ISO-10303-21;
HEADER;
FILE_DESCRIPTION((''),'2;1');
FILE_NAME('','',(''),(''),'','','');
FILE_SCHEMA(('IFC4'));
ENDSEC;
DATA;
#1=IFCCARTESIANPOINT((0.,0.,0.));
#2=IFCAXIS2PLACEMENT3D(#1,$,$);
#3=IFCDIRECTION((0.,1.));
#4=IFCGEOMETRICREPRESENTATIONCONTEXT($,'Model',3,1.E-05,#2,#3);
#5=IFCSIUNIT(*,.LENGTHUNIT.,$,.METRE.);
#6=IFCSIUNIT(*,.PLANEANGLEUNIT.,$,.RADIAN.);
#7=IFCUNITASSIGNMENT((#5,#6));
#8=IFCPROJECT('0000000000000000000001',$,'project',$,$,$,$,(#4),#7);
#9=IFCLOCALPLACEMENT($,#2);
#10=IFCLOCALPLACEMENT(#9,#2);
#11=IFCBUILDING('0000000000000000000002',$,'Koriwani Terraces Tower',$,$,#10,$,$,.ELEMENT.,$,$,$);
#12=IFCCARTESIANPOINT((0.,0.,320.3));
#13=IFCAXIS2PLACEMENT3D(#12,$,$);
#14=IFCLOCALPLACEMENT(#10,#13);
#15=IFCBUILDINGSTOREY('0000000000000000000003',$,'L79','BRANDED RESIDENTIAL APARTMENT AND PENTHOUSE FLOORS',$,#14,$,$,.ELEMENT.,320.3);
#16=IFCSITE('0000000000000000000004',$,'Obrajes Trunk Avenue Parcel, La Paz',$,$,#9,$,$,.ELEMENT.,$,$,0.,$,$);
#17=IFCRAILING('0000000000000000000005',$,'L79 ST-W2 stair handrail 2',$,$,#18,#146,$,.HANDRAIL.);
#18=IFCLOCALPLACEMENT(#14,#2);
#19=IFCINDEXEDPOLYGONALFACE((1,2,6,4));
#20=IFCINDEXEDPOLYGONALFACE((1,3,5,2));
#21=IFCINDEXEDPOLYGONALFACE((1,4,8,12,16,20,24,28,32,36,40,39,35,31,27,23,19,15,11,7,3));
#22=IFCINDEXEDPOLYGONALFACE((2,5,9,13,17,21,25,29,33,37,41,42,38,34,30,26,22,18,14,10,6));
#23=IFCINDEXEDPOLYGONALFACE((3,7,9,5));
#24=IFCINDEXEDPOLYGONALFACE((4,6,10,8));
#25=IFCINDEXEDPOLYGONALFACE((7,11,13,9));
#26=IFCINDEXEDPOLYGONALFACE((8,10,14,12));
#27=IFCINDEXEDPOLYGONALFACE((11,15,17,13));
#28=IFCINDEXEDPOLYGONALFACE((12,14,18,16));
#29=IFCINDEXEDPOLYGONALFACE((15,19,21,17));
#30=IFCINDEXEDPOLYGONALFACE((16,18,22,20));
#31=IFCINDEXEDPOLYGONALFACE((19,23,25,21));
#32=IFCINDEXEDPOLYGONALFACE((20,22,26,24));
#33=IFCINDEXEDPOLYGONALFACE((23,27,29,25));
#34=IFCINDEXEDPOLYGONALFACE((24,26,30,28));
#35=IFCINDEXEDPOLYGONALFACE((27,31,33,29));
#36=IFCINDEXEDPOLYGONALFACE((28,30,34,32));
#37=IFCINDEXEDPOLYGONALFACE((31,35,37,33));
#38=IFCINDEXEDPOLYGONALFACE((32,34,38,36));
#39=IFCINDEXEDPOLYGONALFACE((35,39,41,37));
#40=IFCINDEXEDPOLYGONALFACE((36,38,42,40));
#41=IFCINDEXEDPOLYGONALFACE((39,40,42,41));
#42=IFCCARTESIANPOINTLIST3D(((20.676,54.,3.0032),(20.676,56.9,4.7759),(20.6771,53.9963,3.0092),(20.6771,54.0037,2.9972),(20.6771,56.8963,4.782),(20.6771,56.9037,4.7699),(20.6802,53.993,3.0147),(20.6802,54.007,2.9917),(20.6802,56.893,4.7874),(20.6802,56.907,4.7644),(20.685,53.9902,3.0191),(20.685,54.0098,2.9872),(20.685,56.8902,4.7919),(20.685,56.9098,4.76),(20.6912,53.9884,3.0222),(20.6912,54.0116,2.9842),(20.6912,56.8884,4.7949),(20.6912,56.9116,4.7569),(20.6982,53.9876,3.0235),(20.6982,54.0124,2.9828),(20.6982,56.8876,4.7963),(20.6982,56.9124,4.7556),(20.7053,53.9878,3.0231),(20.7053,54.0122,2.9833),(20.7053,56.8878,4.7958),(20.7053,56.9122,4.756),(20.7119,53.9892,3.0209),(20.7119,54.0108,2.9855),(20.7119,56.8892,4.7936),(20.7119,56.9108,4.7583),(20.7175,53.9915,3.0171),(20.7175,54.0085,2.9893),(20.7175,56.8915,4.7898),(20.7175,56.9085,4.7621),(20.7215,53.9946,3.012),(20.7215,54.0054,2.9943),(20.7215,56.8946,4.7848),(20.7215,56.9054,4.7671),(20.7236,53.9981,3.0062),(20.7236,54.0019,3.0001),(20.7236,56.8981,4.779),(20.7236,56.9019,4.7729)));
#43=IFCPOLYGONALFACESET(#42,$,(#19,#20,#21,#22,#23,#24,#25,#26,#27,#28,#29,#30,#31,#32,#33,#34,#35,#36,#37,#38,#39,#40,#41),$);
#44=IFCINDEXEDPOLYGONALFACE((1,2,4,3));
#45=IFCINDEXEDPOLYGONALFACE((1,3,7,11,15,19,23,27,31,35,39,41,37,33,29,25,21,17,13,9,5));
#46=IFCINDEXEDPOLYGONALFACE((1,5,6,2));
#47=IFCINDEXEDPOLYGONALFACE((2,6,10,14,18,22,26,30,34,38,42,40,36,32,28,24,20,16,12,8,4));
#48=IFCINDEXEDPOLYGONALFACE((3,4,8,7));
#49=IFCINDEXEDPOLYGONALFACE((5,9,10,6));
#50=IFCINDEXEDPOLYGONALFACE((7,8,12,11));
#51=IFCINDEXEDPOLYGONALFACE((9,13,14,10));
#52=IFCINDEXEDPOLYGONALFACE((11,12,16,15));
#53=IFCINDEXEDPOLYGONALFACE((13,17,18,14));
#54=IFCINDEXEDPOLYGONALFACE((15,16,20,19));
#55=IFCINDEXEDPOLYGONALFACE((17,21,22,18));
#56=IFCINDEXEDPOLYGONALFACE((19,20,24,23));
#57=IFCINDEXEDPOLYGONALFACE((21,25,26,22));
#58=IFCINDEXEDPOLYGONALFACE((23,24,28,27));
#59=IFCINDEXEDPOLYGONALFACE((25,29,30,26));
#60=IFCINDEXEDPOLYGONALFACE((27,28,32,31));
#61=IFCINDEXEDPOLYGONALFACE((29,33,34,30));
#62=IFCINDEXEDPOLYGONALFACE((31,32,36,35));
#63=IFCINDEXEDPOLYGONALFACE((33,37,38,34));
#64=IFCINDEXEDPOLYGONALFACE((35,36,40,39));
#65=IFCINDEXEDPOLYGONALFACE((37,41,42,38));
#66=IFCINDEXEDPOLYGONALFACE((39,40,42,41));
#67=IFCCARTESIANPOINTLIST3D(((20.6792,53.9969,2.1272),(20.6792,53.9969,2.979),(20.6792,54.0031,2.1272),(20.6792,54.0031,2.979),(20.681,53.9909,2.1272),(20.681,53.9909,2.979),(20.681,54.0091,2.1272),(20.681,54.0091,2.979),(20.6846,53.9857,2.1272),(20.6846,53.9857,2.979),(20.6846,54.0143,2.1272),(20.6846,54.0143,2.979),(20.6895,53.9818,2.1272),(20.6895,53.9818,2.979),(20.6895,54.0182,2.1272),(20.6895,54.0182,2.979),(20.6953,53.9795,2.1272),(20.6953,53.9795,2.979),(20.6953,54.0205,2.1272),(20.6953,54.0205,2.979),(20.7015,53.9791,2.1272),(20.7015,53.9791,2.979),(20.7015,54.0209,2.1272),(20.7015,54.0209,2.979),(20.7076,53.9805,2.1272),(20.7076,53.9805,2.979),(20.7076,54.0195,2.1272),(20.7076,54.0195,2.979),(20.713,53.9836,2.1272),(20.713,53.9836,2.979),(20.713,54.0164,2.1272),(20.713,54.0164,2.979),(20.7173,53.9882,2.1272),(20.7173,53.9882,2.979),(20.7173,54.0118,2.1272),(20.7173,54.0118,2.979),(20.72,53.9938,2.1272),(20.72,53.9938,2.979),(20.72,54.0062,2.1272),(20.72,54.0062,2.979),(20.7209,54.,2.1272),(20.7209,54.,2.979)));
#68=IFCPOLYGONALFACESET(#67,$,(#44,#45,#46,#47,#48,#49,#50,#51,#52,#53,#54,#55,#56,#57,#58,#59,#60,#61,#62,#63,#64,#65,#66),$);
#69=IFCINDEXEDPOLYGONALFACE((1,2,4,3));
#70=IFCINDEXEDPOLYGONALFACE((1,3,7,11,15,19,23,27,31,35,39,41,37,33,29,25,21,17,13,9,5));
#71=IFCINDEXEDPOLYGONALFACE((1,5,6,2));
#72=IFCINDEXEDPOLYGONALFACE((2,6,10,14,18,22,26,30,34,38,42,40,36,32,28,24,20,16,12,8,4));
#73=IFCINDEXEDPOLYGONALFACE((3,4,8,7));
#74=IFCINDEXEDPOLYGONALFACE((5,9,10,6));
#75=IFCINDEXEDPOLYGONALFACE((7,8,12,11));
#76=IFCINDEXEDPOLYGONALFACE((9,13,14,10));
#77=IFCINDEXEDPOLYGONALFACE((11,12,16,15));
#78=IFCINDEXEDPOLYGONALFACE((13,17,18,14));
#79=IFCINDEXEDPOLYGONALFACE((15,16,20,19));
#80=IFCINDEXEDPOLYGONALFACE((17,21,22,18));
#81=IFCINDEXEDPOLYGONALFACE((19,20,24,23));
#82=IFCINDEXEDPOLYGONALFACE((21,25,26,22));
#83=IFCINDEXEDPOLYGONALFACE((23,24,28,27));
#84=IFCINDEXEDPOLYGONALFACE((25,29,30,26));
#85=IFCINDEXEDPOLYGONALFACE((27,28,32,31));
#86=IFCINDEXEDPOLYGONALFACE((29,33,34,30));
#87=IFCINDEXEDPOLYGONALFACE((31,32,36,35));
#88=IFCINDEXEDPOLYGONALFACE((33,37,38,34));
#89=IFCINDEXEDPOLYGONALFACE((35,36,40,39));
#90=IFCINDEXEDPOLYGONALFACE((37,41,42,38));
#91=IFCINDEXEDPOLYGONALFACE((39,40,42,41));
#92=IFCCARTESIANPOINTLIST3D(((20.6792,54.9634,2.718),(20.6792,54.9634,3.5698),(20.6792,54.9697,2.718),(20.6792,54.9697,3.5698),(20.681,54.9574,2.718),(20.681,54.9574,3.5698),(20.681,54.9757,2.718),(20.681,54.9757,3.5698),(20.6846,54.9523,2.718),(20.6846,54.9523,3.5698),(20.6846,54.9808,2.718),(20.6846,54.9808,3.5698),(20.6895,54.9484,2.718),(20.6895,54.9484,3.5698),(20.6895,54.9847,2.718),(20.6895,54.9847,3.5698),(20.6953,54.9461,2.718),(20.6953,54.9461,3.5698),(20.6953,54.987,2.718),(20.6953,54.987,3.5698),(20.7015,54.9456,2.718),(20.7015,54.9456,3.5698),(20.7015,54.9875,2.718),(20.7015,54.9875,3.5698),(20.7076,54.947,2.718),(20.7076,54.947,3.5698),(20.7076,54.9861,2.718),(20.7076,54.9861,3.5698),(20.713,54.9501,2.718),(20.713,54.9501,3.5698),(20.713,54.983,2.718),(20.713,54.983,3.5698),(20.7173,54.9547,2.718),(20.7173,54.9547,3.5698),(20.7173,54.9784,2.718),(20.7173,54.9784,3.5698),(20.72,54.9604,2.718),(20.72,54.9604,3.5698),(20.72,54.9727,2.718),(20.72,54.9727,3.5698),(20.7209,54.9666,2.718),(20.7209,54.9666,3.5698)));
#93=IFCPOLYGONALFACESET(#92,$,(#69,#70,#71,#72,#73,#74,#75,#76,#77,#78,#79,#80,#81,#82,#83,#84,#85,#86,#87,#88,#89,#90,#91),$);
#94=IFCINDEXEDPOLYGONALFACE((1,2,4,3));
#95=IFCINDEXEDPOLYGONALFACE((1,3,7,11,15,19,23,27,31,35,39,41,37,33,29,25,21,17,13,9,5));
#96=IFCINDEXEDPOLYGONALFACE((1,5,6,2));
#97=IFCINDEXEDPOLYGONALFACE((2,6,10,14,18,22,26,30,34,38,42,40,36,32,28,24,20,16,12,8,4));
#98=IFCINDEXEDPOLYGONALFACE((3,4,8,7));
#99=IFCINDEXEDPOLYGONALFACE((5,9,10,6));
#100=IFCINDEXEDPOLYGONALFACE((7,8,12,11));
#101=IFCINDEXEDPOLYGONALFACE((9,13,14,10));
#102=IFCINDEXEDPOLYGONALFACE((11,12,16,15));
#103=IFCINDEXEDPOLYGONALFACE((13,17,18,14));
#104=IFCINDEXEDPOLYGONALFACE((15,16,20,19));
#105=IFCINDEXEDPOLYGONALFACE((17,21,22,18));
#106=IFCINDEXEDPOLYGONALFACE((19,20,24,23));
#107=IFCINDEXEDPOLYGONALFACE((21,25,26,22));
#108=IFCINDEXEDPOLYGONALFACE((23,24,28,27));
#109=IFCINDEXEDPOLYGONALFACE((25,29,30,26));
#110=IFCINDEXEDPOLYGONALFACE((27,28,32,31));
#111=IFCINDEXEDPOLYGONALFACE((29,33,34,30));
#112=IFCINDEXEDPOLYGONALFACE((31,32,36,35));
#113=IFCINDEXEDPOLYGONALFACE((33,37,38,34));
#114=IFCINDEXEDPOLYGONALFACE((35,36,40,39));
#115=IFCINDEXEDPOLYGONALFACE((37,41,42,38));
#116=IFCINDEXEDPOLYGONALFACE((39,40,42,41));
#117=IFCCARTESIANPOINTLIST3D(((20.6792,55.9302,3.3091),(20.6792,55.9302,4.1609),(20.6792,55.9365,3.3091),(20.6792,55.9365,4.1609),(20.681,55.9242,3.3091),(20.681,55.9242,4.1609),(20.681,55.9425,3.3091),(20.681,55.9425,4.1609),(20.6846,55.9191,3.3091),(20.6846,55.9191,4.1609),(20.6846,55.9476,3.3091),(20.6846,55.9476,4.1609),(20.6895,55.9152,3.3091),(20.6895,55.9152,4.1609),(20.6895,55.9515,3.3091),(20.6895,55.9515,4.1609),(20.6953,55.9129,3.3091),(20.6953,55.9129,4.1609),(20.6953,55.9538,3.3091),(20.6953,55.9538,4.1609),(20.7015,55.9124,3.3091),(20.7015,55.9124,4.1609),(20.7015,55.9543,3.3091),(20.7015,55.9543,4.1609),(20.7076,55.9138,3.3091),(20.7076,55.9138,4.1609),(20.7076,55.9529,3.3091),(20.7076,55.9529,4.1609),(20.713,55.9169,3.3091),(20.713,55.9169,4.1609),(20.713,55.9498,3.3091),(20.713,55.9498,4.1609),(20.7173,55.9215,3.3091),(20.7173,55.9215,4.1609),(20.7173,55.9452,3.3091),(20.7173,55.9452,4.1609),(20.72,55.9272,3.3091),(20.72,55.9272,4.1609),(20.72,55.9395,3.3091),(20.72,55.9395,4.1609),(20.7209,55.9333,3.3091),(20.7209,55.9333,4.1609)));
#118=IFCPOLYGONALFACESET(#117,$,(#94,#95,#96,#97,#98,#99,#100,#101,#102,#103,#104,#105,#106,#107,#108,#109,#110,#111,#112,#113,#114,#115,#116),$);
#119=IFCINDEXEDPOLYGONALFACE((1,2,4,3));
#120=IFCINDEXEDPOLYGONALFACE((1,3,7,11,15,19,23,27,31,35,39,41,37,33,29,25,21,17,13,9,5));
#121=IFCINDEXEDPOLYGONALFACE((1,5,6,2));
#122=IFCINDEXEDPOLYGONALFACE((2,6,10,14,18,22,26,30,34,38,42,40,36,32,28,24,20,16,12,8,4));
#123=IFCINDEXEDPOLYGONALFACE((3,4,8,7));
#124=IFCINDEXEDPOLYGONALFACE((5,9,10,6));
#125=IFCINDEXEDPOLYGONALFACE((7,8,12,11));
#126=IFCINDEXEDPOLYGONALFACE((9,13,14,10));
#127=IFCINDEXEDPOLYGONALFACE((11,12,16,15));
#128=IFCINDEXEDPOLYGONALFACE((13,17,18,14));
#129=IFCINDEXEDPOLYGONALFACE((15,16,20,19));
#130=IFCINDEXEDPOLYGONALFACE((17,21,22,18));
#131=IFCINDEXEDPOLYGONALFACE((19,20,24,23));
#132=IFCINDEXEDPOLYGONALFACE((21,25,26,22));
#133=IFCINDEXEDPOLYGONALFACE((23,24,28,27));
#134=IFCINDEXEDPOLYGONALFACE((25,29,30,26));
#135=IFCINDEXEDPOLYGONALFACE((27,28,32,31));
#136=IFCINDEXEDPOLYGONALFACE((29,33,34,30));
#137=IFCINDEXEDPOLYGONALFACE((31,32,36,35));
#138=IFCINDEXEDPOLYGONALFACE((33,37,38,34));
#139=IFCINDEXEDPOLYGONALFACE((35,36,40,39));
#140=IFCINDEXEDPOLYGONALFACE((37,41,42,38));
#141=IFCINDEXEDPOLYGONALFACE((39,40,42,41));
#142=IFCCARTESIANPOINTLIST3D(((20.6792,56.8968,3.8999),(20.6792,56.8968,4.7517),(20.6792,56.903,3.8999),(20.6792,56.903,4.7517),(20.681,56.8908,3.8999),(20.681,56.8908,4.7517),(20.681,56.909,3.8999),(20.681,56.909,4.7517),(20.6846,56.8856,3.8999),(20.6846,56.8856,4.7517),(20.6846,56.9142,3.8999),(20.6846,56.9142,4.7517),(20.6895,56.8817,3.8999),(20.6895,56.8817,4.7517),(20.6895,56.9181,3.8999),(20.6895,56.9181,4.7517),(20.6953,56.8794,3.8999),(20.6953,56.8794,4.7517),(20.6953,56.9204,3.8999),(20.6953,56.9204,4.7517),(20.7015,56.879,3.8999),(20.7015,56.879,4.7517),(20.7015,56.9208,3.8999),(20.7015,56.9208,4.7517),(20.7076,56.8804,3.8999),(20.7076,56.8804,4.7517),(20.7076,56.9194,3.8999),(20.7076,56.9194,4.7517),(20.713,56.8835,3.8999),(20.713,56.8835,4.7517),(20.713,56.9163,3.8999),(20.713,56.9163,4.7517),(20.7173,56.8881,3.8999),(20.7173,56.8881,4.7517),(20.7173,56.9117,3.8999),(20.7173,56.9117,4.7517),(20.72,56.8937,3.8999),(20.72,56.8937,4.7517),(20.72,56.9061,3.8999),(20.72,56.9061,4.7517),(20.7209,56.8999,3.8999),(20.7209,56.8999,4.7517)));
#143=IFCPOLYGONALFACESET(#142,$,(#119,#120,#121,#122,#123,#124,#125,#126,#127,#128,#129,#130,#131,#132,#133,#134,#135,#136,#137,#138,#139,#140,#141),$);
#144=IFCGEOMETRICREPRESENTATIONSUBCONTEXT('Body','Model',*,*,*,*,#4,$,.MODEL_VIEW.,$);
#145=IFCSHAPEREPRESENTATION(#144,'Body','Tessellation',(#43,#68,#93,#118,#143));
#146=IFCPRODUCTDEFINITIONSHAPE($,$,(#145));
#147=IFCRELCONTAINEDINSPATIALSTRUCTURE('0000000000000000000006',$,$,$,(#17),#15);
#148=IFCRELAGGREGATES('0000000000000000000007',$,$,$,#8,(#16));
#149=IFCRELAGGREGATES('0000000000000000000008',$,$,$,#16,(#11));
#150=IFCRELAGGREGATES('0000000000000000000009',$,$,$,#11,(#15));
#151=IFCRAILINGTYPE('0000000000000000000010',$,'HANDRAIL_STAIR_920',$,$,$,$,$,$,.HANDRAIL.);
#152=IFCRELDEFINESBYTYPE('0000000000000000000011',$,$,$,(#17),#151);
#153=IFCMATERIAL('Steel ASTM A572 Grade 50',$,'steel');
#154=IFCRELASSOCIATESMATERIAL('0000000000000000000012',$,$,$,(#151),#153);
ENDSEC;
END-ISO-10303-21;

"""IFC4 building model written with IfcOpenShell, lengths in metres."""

from ifc_helpers import new_model, si_unit, direction, frame, origin, origin_2d, place, context, subcontext, project, spatial, circle, extrude, material, type_object, element, save


model = new_model("IFC4")

# Units and contexts
model_context = context("Model", 3, precision=1e-05, world=origin(), true_north=direction((0.0, 1.0)))
body_context = subcontext(model_context, "Body", "Model", "MODEL_VIEW")
ifc_project = project(units=[si_unit("LENGTHUNIT", "METRE"), si_unit("PLANEANGLEUNIT", "RADIAN")], contexts=[model_context])

# Site, building, storey
site_placement = place(None, origin())
site = spatial("IfcSite", under=ifc_project, at=site_placement, Name="Obrajes Trunk Avenue Parcel, La Paz", CompositionType="ELEMENT", RefElevation=0.0)
building_placement = place(site_placement, origin())
building = spatial("IfcBuilding", under=site, at=building_placement, Name="Koriwani Terraces Tower", CompositionType="ELEMENT")
storey_placement = place(building_placement, frame((0.0, 0.0, 320.3)))
storey = spatial("IfcBuildingStorey", under=building, at=storey_placement, Name="L79", Description="BRANDED RESIDENTIAL APARTMENT AND PENTHOUSE FLOORS", CompositionType="ELEMENT", Elevation=320.3)

# Shared definitions
ifc_material_1 = material(Name="Steel ASTM A572 Grade 50", Category="steel")

# Railing
railing_type = type_object("IfcRailingType", Name="HANDRAIL_STAIR_920", PredefinedType="HANDRAIL", material=ifc_material_1)
railing_placement = place(storey_placement, frame((20.7, 54.0, 2.1272)))
element("IfcRailing", 1, at=railing_placement, inside=storey, type_object=railing_type, Name="L79 ST-W2 stair handrail 2", PredefinedType="HANDRAIL", context=body_context, shape_type="SweptSolid", body=[
    extrude(circle(Radius=0.0239, at=origin_2d()), frame((0.0, 0.0, 0.876), z_axis=(0.0, 0.853211, 0.521566), x_axis=(-1.0, 0.0, 0.0)), (0.0, 0.0, 1.0), 3.3989),
    extrude(circle(Radius=0.021, at=origin_2d()), origin(), (0.0, 0.0, 1.0), 0.8518),
    extrude(circle(Radius=0.021, at=origin_2d()), frame((0.0, 0.9666, 0.5908)), (0.0, 0.0, 1.0), 0.8518),
    extrude(circle(Radius=0.021, at=origin_2d()), frame((0.0, 1.9333, 1.1819)), (0.0, 0.0, 1.0), 0.8518),
    extrude(circle(Radius=0.021, at=origin_2d()), frame((0.0, 2.8999, 1.7727)), (0.0, 0.0, 1.0), 0.8518),
])

save(model, "model.ifc")
